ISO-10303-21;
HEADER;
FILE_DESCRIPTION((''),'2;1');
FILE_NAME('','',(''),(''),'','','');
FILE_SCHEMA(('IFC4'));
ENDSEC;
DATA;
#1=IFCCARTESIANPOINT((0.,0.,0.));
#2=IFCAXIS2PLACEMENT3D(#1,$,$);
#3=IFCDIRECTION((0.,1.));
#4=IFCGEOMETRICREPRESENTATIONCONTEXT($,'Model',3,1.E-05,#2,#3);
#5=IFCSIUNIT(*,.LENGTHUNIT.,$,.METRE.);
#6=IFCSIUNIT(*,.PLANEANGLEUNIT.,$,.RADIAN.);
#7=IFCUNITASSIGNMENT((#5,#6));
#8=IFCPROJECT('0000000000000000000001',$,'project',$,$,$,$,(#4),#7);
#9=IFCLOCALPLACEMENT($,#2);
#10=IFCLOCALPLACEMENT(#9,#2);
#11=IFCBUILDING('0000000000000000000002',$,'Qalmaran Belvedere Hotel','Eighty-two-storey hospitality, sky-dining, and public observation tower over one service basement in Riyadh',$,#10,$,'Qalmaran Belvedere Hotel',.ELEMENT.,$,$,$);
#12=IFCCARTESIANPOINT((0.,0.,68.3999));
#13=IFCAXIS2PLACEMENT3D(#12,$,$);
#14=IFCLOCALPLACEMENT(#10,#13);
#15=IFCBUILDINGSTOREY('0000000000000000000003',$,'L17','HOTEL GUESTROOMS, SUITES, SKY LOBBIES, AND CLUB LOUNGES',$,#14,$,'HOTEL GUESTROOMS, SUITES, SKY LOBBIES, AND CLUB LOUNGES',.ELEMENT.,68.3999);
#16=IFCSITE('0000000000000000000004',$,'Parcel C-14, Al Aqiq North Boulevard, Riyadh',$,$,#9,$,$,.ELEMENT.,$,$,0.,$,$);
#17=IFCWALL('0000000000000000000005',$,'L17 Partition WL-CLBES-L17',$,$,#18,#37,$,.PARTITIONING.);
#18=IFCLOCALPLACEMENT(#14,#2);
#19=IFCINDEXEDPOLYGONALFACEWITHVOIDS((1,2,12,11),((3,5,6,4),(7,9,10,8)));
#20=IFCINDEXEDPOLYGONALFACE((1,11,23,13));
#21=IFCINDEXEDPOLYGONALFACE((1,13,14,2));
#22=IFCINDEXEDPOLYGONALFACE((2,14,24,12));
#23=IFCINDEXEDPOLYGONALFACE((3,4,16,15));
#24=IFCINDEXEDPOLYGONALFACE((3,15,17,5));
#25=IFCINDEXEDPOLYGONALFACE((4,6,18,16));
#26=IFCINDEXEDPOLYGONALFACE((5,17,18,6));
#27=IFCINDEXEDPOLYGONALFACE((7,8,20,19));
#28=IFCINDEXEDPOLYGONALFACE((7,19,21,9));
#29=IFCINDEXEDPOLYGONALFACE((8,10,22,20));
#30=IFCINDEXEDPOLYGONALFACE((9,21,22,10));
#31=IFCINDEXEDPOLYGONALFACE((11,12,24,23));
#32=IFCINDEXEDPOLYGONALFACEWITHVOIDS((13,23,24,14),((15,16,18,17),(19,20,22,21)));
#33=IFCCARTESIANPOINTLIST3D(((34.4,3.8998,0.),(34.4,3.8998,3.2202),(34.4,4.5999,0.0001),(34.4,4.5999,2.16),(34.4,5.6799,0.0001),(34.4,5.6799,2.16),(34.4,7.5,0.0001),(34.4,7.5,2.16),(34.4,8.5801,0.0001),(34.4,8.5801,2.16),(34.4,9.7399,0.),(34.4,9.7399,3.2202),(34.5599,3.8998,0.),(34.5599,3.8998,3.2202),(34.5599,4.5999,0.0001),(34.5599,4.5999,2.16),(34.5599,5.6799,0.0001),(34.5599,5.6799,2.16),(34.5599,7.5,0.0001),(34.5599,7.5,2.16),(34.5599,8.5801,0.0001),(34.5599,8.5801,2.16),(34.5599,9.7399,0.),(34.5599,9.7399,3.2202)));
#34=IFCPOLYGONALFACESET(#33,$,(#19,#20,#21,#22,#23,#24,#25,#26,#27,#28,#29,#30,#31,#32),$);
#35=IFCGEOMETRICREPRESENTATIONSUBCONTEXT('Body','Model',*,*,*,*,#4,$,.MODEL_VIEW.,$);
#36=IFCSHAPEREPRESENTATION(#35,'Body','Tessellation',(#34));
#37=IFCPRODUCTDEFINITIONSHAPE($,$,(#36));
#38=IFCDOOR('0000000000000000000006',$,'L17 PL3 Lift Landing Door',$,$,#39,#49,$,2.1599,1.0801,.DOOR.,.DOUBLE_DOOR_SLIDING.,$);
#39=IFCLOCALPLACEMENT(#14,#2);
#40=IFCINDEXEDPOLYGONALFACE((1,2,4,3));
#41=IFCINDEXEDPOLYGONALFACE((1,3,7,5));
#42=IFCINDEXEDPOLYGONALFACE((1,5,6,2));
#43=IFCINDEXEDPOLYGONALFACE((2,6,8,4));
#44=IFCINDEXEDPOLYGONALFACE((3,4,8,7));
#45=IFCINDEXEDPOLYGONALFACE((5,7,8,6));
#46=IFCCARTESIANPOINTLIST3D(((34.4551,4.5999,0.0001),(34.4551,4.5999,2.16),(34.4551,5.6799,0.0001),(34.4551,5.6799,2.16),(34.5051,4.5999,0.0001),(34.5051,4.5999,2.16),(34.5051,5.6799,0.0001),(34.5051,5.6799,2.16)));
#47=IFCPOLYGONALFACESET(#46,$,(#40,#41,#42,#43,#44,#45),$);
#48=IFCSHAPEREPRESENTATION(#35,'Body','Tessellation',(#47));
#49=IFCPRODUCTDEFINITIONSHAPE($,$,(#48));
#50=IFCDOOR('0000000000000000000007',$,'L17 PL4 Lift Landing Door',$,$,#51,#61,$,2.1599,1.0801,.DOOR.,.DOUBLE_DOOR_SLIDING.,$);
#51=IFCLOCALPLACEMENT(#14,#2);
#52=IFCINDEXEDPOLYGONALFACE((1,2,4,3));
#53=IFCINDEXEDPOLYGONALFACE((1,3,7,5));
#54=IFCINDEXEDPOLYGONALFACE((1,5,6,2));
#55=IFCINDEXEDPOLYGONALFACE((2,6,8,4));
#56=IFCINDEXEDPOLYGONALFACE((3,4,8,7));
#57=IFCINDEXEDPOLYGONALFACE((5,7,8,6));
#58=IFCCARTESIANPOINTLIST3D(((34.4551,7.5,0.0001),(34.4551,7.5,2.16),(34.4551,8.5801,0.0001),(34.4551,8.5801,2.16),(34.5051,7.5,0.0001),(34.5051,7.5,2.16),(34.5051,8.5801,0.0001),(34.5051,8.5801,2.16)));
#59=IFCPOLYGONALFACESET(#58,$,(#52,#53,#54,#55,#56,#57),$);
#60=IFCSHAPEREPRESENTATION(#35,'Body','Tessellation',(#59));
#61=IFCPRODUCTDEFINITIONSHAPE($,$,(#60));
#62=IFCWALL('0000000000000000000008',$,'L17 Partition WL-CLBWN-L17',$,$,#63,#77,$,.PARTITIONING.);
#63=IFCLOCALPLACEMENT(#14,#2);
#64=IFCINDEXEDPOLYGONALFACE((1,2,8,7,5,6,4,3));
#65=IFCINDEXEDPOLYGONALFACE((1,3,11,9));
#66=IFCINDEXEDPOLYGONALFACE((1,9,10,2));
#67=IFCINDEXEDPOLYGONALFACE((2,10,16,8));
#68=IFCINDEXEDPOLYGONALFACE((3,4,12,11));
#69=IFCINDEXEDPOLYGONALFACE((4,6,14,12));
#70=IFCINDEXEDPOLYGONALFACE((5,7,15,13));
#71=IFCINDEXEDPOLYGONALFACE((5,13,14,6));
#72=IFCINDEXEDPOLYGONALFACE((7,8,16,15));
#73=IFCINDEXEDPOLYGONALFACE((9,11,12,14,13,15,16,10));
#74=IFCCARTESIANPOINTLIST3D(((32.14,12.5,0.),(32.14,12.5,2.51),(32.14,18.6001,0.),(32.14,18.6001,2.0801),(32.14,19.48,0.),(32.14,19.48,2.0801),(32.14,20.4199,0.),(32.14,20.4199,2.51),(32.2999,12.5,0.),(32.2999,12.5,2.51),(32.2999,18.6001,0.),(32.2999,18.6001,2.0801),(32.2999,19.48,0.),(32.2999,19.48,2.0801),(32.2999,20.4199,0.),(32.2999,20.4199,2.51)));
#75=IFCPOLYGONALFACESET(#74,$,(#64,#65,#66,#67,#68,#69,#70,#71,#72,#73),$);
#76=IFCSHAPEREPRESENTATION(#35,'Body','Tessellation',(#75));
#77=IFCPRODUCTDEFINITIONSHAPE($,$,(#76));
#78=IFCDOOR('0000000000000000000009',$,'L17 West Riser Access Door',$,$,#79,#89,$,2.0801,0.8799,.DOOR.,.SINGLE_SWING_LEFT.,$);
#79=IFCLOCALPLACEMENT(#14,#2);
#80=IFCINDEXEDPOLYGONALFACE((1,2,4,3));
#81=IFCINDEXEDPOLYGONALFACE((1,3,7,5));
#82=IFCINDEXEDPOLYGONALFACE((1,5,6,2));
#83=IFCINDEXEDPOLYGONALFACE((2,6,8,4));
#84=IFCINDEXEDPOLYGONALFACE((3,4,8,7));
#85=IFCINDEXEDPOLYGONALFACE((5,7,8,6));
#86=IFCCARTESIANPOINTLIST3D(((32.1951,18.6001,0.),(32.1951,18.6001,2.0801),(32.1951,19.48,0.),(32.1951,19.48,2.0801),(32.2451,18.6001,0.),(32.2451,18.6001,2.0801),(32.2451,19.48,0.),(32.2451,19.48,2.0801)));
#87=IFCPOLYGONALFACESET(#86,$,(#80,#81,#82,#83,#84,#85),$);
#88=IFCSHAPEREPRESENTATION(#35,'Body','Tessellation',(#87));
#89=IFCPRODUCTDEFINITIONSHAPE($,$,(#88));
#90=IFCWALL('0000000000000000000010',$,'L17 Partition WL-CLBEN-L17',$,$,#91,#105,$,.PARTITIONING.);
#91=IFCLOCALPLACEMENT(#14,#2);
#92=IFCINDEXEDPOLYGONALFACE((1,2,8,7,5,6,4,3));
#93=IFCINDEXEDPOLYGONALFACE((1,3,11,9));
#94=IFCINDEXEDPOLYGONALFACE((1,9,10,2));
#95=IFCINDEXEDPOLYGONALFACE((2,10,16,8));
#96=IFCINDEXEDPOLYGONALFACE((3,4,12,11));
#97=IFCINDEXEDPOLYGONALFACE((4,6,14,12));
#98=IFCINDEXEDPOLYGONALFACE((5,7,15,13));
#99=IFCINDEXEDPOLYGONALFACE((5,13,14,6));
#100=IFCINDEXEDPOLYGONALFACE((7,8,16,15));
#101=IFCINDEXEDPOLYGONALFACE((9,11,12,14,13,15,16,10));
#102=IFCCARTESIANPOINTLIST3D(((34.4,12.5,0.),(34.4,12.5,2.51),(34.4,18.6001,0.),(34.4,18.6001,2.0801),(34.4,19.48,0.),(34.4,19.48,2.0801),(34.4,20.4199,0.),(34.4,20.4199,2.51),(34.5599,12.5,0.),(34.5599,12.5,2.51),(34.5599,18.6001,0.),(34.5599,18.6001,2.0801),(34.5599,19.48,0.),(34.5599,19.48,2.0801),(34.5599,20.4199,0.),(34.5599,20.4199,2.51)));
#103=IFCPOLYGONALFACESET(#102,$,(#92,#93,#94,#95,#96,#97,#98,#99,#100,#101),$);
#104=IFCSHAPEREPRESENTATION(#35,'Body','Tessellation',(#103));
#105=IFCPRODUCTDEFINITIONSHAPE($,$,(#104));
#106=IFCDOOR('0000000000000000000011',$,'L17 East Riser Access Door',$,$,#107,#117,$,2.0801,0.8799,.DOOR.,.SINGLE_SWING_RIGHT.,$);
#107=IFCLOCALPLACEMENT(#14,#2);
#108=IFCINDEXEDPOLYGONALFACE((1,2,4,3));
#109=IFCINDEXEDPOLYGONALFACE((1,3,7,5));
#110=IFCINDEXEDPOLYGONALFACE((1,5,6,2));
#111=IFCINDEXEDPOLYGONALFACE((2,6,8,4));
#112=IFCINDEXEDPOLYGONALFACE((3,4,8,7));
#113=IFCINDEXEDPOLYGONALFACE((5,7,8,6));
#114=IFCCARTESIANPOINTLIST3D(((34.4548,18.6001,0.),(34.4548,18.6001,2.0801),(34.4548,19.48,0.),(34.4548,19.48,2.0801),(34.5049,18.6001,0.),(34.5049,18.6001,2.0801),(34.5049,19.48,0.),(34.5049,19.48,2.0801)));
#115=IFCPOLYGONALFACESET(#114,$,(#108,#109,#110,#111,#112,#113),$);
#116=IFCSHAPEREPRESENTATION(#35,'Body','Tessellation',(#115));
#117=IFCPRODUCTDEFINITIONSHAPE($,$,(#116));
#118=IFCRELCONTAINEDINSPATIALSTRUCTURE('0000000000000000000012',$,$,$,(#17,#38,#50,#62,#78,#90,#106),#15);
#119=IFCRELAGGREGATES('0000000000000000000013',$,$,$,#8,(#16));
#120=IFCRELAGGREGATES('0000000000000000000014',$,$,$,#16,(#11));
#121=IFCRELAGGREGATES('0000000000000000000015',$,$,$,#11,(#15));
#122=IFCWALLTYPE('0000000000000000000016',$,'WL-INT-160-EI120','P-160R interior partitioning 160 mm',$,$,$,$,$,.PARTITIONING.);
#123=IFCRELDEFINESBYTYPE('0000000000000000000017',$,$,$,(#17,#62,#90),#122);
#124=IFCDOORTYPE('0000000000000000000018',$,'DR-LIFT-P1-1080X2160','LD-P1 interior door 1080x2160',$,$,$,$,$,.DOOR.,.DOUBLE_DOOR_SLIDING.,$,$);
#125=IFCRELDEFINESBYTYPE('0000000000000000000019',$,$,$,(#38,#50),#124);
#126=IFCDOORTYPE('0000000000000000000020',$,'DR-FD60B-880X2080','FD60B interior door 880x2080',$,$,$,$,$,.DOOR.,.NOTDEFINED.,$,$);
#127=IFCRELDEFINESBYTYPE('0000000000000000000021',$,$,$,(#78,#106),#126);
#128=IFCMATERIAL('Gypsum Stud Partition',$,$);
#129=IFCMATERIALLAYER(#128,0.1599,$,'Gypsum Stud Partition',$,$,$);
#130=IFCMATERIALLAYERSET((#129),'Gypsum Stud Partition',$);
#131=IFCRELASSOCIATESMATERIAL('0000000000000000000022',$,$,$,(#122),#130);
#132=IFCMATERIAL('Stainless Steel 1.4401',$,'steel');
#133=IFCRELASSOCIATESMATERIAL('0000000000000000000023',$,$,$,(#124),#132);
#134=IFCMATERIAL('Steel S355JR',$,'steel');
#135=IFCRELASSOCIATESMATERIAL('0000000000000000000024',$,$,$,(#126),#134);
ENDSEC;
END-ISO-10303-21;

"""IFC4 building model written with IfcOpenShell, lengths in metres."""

from ifc_helpers import new_model, si_unit, direction, frame, frame_2d, origin, place, context, subcontext, project, spatial, rectangle, extrude, material, layer, layer_set, type_object, element, fill, save


model = new_model("IFC4")

# Units and contexts
model_context = context("Model", 3, precision=1e-05, world=origin(), true_north=direction((0.0, 1.0)))
body_context = subcontext(model_context, "Body", "Model", "MODEL_VIEW")
ifc_project = project(units=[si_unit("LENGTHUNIT", "METRE"), si_unit("PLANEANGLEUNIT", "RADIAN")], contexts=[model_context])

# Site, building, storey
site_placement = place(None, origin())
site = spatial("IfcSite", under=ifc_project, at=site_placement, Name="Parcel C-14, Al Aqiq North Boulevard, Riyadh", CompositionType="ELEMENT", RefElevation=0.0)
building_placement = place(site_placement, origin())
building = spatial("IfcBuilding", under=site, at=building_placement, Name="Qalmaran Belvedere Hotel", Description="Eighty-two-storey hospitality, sky-dining, and public observation tower over one service basement in Riyadh", LongName="Qalmaran Belvedere Hotel", CompositionType="ELEMENT")
storey_placement = place(building_placement, frame((0.0, 0.0, 68.3999)))
storey = spatial("IfcBuildingStorey", under=building, at=storey_placement, Name="L17", Description="HOTEL GUESTROOMS, SUITES, SKY LOBBIES, AND CLUB LOUNGES", LongName="HOTEL GUESTROOMS, SUITES, SKY LOBBIES, AND CLUB LOUNGES", CompositionType="ELEMENT", Elevation=68.3999)

# Shared definitions
ifc_material_1 = material(Name="Steel S355JR", Category="steel")

# Shared definitions
ifc_material_2 = material(Name="Gypsum Stud Partition")

# Wall, openings, doors
ifc_layer_1 = layer(ifc_material_2, 0.1599, Name="Gypsum Stud Partition")
ifc_layer_set_1 = layer_set([ifc_layer_1], Name="Gypsum Stud Partition")
wall_type_1 = type_object("IfcWallType", Name="WL-INT-160-EI120", Description="P-160R interior partitioning 160 mm", PredefinedType="PARTITIONING", material=ifc_layer_set_1)
ifc_material_3 = material(Name="Stainless Steel 1.4401", Category="steel")
door_type_1 = type_object("IfcDoorType", Name="DR-LIFT-P1-1080X2160", Description="LD-P1 interior door 1080x2160", OperationType="DOUBLE_DOOR_SLIDING", PredefinedType="DOOR", material=ifc_material_3)
wall_1_placement = place(storey_placement, frame((34.48, 3.8999, 0.0), z_axis=(0.0, 0.0, 1.0), x_axis=(0.0, 1.0, 0.0)))
wall_1 = element("IfcWall", 1, at=wall_1_placement, inside=storey, type_object=wall_type_1, Name="L17 Partition WL-CLBES-L17", PredefinedType="PARTITIONING", context=body_context, shape_type="SweptSolid", body=[
    extrude(rectangle(XDim=5.8401, YDim=0.1599, at=frame_2d((2.9199, 0.0))), origin(), (0.0, 0.0, 1.0), 3.2202),
])
opening_1_placement = place(wall_1_placement, frame((0.7, 0.0, 0.0)))
opening_1 = element("IfcOpeningElement", 2, at=opening_1_placement, cuts=wall_1, PredefinedType="OPENING", context=body_context, shape_type="SweptSolid", body=[
    extrude(rectangle(XDim=1.0801, YDim=2.1599, at=frame_2d((0.54, 1.0801))), frame((0.0, 0.0898, 0.0), z_axis=(0.0, -1.0, 0.0), x_axis=(1.0, 0.0, 0.0)), (0.0, 0.0, 1.0), 0.1799),
])
opening_2_placement = place(wall_1_placement, frame((3.6001, 0.0, 0.0)))
opening_2 = element("IfcOpeningElement", 3, at=opening_2_placement, cuts=wall_1, PredefinedType="OPENING", context=body_context, shape_type="SweptSolid", body=[
    extrude(rectangle(XDim=1.0801, YDim=2.1599, at=frame_2d((0.54, 1.0801))), frame((0.0, 0.0898, 0.0), z_axis=(0.0, -1.0, 0.0), x_axis=(1.0, 0.0, 0.0)), (0.0, 0.0, 1.0), 0.1799),
])
door_1_placement = place(opening_1_placement, origin())
door_1 = element("IfcDoor", 4, at=door_1_placement, inside=storey, type_object=door_type_1, Name="L17 PL3 Lift Landing Door", OperationType="DOUBLE_DOOR_SLIDING", OverallHeight=2.1599, OverallWidth=1.0801, PredefinedType="DOOR", context=body_context, shape_type="SweptSolid", body=[
    extrude(rectangle(XDim=1.0801, YDim=2.1599, at=frame_2d((0.54, 1.0801))), frame((0.0, 0.0249, 0.0), z_axis=(0.0, -1.0, 0.0), x_axis=(1.0, 0.0, 0.0)), (0.0, 0.0, 1.0), 0.05),
])
fill(opening_1, door_1)
door_2_placement = place(opening_2_placement, origin())
door_2 = element("IfcDoor", 5, at=door_2_placement, inside=storey, type_object=door_type_1, Name="L17 PL4 Lift Landing Door", OperationType="DOUBLE_DOOR_SLIDING", OverallHeight=2.1599, OverallWidth=1.0801, PredefinedType="DOOR", context=body_context, shape_type="SweptSolid", body=[
    extrude(rectangle(XDim=1.0801, YDim=2.1599, at=frame_2d((0.54, 1.0801))), frame((0.0, 0.0249, 0.0), z_axis=(0.0, -1.0, 0.0), x_axis=(1.0, 0.0, 0.0)), (0.0, 0.0, 1.0), 0.05),
])
fill(opening_2, door_2)

# Walls, openings, doors
wall_2_placement = place(storey_placement, frame((32.22, 12.5, 0.0), z_axis=(0.0, 0.0, 1.0), x_axis=(0.0, 1.0, 0.0)))
wall_2 = element("IfcWall", 6, at=wall_2_placement, inside=storey, type_object=wall_type_1, Name="L17 Partition WL-CLBWN-L17", PredefinedType="PARTITIONING", context=body_context, shape_type="SweptSolid", body=[
    extrude(rectangle(XDim=7.9199, YDim=0.1599, at=frame_2d((3.96, 0.0))), origin(), (0.0, 0.0, 1.0), 2.51),
])
opening_3_placement = place(wall_2_placement, frame((6.1001, 0.0, 0.0)))
opening_3 = element("IfcOpeningElement", 7, at=opening_3_placement, cuts=wall_2, PredefinedType="OPENING", context=body_context, shape_type="SweptSolid", body=[
    extrude(rectangle(XDim=0.8799, YDim=2.0801, at=frame_2d((0.4399, 1.04))), frame((0.0, 0.0898, 0.0), z_axis=(0.0, -1.0, 0.0), x_axis=(1.0, 0.0, 0.0)), (0.0, 0.0, 1.0), 0.1799),
])
door_type_2 = type_object("IfcDoorType", Name="DR-FD60B-880X2080", Description="FD60B interior door 880x2080", OperationType="NOTDEFINED", PredefinedType="DOOR", material=ifc_material_1)
door_3_placement = place(opening_3_placement, origin())
door_3 = element("IfcDoor", 8, at=door_3_placement, inside=storey, type_object=door_type_2, Name="L17 West Riser Access Door", OperationType="SINGLE_SWING_LEFT", OverallHeight=2.0801, OverallWidth=0.8799, PredefinedType="DOOR", context=body_context, shape_type="SweptSolid", body=[
    extrude(rectangle(XDim=0.8799, YDim=2.0801, at=frame_2d((0.4399, 1.04))), frame((0.0, 0.0249, 0.0), z_axis=(0.0, -1.0, 0.0), x_axis=(1.0, 0.0, 0.0)), (0.0, 0.0, 1.0), 0.05),
])
fill(opening_3, door_3)
wall_3_placement = place(storey_placement, frame((34.48, 12.5, 0.0), z_axis=(0.0, 0.0, 1.0), x_axis=(0.0, 1.0, 0.0)))
wall_3 = element("IfcWall", 9, at=wall_3_placement, inside=storey, type_object=wall_type_1, Name="L17 Partition WL-CLBEN-L17", PredefinedType="PARTITIONING", context=body_context, shape_type="SweptSolid", body=[
    extrude(rectangle(XDim=7.9199, YDim=0.1599, at=frame_2d((3.96, 0.0))), origin(), (0.0, 0.0, 1.0), 2.51),
])
opening_4_placement = place(wall_3_placement, frame((6.98, 0.0, 0.0), z_axis=(0.0, 0.0, 1.0), x_axis=(-1.0, 0.0, 0.0)))
opening_4 = element("IfcOpeningElement", 10, at=opening_4_placement, cuts=wall_3, PredefinedType="OPENING", context=body_context, shape_type="SweptSolid", body=[
    extrude(rectangle(XDim=0.8799, YDim=2.0801, at=frame_2d((0.4399, 1.04))), frame((0.0, 0.0898, 0.0), z_axis=(0.0, -1.0, 0.0), x_axis=(1.0, 0.0, 0.0)), (0.0, 0.0, 1.0), 0.1799),
])
door_4_placement = place(opening_4_placement, origin())
door_4 = element("IfcDoor", 11, at=door_4_placement, inside=storey, type_object=door_type_2, Name="L17 East Riser Access Door", OperationType="SINGLE_SWING_RIGHT", OverallHeight=2.0801, OverallWidth=0.8799, PredefinedType="DOOR", context=body_context, shape_type="SweptSolid", body=[
    extrude(rectangle(XDim=0.8799, YDim=2.0801, at=frame_2d((0.4399, 1.04))), frame((0.0, 0.0249, 0.0), z_axis=(0.0, -1.0, 0.0), x_axis=(1.0, 0.0, 0.0)), (0.0, 0.0, 1.0), 0.05),
])
fill(opening_4, door_4)

save(model, "model.ifc")
